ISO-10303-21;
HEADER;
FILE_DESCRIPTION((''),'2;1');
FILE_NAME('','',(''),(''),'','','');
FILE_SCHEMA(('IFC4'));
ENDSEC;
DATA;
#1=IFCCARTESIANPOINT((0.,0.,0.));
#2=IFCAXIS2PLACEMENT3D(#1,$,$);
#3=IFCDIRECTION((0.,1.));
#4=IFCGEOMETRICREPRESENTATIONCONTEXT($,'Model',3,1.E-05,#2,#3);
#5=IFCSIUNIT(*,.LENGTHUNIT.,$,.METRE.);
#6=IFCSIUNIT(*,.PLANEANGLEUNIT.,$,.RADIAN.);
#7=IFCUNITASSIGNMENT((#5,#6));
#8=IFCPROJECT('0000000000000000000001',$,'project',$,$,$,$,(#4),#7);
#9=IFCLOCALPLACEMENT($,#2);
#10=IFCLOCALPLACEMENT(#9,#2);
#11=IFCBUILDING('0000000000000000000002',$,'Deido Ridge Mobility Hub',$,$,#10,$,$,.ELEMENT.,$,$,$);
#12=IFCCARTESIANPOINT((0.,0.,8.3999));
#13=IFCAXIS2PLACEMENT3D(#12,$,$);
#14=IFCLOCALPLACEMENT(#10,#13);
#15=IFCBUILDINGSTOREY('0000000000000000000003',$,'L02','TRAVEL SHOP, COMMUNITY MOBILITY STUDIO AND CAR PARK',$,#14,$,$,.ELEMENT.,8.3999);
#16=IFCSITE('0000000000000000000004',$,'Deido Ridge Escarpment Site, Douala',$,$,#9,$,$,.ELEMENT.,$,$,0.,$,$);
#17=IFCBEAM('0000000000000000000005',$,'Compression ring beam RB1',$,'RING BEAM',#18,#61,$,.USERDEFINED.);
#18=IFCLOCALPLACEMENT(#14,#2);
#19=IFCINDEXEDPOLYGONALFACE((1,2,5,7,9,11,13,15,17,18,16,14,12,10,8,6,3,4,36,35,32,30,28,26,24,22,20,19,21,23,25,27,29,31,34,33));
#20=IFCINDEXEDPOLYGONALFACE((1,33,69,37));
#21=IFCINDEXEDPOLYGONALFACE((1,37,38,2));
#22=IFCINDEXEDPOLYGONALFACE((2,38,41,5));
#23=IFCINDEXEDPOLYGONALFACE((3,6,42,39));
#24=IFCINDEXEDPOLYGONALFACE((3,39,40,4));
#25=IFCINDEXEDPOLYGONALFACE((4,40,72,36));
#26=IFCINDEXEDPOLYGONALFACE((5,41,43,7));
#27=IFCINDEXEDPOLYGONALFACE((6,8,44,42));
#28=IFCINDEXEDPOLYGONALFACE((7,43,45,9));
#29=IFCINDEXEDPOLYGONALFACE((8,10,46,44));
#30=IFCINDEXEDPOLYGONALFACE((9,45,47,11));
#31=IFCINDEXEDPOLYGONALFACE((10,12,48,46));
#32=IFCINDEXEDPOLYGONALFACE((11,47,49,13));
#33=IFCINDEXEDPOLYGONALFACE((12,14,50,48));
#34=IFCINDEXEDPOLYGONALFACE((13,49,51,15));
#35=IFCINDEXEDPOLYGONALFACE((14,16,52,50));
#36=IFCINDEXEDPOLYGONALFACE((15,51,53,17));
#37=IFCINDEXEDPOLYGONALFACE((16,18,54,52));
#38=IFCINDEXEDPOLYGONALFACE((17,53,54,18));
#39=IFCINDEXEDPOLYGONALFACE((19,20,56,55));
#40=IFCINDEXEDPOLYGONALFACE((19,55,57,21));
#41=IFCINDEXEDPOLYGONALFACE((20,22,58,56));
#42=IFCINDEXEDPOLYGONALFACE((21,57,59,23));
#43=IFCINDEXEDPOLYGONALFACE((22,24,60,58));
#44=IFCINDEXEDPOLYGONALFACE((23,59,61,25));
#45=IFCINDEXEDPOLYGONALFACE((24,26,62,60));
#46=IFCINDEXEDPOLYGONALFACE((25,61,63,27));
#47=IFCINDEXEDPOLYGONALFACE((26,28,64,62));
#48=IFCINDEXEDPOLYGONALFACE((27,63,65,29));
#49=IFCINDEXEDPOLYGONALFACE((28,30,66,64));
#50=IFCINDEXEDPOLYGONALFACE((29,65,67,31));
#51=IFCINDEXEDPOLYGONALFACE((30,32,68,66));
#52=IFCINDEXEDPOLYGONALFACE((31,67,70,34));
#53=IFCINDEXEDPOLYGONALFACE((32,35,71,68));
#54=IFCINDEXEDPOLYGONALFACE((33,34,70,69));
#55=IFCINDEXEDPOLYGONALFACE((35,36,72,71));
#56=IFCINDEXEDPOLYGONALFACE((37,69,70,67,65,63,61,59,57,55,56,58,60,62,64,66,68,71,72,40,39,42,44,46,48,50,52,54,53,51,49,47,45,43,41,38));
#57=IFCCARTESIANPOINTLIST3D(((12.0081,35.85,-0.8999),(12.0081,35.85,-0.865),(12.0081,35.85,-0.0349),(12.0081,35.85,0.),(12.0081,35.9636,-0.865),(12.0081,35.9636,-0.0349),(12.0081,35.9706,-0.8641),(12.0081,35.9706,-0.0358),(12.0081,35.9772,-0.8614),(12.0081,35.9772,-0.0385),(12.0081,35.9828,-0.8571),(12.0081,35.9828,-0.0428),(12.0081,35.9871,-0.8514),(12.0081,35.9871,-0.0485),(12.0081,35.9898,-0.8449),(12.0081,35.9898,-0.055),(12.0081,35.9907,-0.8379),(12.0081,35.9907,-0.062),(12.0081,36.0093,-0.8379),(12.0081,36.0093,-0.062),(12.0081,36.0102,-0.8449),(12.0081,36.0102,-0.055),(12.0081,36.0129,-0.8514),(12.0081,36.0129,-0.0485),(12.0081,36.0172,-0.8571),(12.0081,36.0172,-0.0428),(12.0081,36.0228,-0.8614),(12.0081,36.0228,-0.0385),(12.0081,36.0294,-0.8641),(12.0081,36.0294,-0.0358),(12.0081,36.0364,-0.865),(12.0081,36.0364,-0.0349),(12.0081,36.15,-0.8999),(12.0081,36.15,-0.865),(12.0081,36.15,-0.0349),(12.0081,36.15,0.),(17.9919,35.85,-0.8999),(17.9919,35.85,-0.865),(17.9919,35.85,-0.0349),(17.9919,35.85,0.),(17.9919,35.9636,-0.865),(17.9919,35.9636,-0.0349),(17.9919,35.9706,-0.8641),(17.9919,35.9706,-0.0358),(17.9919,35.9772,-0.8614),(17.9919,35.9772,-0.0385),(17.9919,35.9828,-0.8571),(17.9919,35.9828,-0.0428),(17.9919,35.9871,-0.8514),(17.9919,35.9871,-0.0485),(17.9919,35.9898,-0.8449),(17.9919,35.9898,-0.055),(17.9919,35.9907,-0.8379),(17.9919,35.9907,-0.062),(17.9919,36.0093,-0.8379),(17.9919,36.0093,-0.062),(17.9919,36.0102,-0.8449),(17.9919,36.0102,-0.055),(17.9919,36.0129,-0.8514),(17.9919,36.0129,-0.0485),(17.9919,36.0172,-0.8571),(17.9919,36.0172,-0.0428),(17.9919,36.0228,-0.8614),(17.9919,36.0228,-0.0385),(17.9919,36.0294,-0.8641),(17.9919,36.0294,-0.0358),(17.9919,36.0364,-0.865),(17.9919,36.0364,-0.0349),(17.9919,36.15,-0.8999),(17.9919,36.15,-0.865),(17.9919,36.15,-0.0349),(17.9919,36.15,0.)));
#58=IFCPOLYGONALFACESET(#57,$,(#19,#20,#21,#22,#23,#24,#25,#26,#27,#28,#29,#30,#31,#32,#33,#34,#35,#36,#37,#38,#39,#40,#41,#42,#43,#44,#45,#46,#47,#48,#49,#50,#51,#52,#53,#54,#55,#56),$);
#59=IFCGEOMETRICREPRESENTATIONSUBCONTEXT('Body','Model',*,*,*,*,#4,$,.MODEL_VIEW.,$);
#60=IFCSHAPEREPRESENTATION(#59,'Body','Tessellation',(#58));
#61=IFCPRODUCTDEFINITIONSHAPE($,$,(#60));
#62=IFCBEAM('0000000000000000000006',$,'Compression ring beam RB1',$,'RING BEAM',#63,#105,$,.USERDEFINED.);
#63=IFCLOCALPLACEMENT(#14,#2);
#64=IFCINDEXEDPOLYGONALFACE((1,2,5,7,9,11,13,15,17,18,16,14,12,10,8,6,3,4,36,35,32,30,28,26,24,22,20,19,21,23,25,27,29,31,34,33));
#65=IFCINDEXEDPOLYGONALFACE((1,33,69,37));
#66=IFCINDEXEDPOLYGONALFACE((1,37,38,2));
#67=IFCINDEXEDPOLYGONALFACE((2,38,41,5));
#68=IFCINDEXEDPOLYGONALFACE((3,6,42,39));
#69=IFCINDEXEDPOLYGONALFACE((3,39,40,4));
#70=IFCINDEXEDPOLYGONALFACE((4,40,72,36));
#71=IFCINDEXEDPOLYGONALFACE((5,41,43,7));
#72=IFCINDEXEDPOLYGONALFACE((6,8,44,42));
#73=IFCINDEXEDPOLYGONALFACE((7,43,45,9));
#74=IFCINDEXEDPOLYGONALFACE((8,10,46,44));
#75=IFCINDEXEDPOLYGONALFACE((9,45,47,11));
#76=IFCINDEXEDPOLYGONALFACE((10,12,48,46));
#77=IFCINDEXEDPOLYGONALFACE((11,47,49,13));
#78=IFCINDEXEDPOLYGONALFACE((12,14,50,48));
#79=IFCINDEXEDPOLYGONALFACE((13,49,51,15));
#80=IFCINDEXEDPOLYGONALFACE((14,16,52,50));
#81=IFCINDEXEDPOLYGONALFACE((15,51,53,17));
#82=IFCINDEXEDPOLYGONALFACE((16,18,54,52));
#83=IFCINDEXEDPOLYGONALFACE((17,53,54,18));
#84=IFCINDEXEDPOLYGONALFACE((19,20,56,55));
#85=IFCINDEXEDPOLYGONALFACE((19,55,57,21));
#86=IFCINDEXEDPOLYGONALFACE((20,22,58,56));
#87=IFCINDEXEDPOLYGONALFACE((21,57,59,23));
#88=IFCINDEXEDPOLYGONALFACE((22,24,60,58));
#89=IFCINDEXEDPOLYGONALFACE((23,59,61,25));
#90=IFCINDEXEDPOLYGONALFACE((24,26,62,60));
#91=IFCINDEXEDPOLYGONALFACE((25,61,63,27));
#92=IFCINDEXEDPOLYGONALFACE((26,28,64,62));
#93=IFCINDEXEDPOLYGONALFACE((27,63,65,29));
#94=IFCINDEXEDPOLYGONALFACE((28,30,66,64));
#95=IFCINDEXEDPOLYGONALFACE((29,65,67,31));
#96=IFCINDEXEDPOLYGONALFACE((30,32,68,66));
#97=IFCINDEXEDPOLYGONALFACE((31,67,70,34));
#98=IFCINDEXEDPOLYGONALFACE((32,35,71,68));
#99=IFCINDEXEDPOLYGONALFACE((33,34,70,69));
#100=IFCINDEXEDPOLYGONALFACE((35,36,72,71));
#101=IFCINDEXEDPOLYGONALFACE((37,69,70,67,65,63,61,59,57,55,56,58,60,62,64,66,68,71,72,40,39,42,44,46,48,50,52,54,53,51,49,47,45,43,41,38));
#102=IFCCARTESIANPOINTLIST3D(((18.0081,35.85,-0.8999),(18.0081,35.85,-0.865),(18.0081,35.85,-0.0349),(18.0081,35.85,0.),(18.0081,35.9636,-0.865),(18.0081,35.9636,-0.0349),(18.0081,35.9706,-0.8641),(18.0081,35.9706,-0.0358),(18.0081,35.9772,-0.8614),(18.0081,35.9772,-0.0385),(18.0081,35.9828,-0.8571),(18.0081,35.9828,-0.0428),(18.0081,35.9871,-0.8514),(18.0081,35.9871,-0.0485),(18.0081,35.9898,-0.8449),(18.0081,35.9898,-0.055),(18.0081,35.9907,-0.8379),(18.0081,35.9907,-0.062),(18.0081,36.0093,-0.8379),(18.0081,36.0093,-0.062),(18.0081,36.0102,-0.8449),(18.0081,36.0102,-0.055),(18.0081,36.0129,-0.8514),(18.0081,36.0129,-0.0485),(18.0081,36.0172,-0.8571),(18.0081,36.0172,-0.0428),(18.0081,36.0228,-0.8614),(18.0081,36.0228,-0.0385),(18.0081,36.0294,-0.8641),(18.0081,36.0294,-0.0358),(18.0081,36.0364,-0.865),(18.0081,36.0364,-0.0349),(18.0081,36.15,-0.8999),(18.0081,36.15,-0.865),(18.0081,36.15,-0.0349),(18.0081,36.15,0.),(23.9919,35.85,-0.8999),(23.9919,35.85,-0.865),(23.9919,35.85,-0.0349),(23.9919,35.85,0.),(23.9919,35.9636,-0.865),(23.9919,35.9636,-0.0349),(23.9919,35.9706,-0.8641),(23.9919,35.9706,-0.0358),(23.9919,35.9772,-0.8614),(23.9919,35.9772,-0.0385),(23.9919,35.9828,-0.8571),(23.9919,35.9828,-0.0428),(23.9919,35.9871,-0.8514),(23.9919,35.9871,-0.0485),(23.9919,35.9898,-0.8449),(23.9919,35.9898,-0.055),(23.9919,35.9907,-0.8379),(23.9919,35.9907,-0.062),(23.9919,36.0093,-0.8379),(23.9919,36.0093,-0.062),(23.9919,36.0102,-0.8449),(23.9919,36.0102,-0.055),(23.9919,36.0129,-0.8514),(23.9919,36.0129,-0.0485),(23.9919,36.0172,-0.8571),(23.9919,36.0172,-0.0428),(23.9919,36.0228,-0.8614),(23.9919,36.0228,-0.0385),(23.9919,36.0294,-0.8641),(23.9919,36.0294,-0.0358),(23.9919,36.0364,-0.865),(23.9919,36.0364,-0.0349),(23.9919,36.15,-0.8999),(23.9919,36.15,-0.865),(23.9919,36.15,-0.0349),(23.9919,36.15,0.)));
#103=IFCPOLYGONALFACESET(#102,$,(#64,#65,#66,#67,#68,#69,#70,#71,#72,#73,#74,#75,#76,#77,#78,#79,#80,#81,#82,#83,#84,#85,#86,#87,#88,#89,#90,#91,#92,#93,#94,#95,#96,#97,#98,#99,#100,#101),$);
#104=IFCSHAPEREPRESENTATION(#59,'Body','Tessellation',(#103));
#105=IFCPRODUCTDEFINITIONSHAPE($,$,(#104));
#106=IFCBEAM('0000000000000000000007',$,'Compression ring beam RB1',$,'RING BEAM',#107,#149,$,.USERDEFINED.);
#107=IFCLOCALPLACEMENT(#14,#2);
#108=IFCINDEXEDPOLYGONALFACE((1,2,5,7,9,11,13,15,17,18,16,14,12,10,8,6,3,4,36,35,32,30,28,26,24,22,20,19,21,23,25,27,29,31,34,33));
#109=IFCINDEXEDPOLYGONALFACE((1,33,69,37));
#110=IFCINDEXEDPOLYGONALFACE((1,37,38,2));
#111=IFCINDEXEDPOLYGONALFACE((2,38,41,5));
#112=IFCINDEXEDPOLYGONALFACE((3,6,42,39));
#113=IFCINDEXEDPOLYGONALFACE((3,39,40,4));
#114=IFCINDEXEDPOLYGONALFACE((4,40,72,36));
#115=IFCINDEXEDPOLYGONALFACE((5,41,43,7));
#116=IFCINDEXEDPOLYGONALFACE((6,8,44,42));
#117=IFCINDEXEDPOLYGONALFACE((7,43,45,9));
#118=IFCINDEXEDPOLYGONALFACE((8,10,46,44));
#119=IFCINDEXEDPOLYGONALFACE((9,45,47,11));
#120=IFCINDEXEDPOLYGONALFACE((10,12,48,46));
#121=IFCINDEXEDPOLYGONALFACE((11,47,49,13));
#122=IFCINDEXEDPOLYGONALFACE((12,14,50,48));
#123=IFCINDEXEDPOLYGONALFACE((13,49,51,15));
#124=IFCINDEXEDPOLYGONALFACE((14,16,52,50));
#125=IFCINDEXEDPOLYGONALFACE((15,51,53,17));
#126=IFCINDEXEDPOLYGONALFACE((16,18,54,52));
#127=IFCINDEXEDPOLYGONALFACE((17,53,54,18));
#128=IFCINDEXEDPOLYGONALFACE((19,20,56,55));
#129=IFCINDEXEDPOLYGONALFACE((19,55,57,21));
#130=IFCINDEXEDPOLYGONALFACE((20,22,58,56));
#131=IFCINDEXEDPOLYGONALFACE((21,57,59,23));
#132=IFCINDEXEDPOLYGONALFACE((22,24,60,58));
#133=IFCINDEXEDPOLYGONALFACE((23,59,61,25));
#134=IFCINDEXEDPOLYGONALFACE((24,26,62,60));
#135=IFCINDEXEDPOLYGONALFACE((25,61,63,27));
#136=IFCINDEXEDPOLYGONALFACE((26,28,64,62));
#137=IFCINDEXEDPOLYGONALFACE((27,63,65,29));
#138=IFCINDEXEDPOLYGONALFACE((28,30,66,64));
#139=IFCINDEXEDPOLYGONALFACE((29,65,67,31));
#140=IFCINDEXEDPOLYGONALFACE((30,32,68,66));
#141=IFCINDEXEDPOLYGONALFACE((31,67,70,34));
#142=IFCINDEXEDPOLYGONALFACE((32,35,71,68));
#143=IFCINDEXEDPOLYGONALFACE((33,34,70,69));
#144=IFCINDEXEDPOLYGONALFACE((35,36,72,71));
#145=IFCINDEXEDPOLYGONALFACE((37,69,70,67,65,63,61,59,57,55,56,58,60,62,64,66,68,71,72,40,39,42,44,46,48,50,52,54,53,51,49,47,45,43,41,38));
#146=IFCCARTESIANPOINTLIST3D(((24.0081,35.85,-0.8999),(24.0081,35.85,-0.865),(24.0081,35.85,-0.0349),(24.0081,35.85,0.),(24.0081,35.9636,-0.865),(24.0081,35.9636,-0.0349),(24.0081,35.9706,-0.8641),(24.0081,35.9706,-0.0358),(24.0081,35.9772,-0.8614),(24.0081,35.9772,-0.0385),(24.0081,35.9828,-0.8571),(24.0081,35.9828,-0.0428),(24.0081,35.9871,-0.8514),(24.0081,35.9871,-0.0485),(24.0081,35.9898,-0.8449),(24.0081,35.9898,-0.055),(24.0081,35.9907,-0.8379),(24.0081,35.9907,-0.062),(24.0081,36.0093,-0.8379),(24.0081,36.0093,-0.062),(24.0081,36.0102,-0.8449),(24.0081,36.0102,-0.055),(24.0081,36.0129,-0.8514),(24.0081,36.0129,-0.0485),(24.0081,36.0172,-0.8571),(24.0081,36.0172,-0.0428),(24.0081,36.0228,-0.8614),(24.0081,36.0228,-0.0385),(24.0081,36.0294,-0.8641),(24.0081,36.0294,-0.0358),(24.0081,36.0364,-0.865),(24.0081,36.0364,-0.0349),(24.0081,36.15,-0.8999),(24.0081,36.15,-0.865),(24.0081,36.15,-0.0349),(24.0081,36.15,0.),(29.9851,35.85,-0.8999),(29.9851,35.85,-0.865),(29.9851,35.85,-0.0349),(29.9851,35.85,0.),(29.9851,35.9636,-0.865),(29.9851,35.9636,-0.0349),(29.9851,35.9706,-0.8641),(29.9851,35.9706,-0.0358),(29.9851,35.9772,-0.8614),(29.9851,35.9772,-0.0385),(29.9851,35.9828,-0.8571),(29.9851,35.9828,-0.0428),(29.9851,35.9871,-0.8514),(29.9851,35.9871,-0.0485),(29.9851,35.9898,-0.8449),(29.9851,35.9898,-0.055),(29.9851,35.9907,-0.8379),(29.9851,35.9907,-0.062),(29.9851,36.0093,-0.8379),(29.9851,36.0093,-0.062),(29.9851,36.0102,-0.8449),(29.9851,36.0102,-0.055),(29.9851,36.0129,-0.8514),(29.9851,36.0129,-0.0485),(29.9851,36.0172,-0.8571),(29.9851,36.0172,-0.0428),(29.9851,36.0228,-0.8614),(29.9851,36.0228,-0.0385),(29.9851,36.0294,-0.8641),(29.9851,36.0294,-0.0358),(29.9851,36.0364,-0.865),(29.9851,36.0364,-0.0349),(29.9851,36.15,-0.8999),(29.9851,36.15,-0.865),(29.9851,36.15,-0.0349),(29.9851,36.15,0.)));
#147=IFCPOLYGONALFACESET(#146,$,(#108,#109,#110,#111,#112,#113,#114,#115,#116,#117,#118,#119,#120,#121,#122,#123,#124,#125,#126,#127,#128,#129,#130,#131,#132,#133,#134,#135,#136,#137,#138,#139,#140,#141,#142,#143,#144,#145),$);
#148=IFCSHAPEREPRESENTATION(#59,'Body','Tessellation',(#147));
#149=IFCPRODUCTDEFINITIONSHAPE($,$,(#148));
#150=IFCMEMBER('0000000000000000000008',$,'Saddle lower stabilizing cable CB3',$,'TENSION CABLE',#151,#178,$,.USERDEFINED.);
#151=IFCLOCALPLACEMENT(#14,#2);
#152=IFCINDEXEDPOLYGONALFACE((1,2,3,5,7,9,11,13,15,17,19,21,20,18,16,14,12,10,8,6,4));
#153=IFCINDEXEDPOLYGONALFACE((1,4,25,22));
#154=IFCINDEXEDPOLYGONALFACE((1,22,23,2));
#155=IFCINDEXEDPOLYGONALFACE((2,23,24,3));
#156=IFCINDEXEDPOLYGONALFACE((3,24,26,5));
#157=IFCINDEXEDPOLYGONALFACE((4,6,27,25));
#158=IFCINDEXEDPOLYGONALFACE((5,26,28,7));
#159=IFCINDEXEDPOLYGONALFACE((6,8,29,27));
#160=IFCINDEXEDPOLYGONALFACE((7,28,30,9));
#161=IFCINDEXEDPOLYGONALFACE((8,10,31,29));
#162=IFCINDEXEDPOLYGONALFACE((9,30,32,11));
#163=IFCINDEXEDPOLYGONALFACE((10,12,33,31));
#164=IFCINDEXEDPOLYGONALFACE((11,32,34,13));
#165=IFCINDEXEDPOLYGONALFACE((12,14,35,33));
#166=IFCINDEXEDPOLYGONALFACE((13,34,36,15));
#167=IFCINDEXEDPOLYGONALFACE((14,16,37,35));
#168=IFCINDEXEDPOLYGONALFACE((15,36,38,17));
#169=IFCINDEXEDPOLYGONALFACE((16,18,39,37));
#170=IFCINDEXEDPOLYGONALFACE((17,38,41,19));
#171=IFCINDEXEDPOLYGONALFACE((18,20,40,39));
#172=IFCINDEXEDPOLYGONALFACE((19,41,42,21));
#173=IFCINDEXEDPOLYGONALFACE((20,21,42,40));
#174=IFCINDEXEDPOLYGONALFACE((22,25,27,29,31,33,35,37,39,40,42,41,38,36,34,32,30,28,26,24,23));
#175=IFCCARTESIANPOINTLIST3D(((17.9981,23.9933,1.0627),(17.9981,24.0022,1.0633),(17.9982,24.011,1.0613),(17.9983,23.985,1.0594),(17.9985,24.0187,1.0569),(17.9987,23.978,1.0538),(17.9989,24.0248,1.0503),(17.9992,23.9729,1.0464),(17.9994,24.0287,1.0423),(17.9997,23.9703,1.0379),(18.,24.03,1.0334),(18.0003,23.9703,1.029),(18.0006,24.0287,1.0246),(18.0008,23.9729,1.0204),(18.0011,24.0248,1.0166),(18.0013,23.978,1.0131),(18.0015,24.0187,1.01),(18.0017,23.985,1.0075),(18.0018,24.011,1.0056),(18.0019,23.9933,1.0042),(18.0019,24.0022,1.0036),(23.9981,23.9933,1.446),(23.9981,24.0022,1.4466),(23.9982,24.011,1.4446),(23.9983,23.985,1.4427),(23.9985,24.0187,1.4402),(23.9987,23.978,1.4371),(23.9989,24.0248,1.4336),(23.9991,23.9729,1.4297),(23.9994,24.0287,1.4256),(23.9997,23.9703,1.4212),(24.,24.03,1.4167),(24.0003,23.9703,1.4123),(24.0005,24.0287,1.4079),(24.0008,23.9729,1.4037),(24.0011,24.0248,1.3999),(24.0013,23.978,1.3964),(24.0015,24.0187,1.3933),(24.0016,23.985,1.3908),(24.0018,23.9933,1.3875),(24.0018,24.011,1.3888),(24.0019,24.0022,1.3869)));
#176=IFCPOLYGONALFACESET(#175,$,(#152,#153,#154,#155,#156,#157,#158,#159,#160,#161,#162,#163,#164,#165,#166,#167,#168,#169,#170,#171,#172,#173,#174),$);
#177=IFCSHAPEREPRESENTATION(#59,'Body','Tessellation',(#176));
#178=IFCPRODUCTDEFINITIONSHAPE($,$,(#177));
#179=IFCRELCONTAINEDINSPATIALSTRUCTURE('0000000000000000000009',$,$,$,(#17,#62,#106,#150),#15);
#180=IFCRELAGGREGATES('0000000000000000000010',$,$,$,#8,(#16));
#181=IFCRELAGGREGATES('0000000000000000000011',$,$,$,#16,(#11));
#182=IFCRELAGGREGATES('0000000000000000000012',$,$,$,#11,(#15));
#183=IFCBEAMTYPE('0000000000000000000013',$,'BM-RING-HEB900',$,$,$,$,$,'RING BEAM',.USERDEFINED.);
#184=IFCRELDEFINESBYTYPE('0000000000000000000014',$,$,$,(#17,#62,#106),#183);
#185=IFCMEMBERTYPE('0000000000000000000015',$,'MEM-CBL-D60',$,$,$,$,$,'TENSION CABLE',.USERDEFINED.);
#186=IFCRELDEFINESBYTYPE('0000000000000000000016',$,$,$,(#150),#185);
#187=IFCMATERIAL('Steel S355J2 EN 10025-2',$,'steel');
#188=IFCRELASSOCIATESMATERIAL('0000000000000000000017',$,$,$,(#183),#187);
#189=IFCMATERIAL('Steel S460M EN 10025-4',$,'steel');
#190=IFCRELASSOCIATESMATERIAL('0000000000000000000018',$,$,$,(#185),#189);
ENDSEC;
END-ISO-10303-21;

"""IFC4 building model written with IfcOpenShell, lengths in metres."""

from ifc_helpers import new_model, si_unit, direction, frame, origin, origin_2d, place, context, subcontext, project, spatial, circle, i_section, extrude, material, material_profile, profile_set, type_object, element, save


model = new_model("IFC4")

# Units and contexts
model_context = context("Model", 3, precision=1e-05, world=origin(), true_north=direction((0.0, 1.0)))
body_context = subcontext(model_context, "Body", "Model", "MODEL_VIEW")
ifc_project = project(units=[si_unit("LENGTHUNIT", "METRE"), si_unit("PLANEANGLEUNIT", "RADIAN")], contexts=[model_context])

# Site, building, storey
site_placement = place(None, origin())
site = spatial("IfcSite", under=ifc_project, at=site_placement, Name="Deido Ridge Escarpment Site, Douala", CompositionType="ELEMENT", RefElevation=0.0)
building_placement = place(site_placement, origin())
building = spatial("IfcBuilding", under=site, at=building_placement, Name="Deido Ridge Mobility Hub", CompositionType="ELEMENT")
storey_placement = place(building_placement, frame((0.0, 0.0, 8.3999)))
storey = spatial("IfcBuildingStorey", under=building, at=storey_placement, Name="L02", Description="TRAVEL SHOP, COMMUNITY MOBILITY STUDIO AND CAR PARK", CompositionType="ELEMENT", Elevation=8.3999)

# Beams
ifc_material_1 = material(Name="Steel S355J2 EN 10025-2", Category="steel")
ifc_material_profile_1 = material_profile(ifc_material_1, i_section(OverallWidth=0.3, OverallDepth=0.8999, WebThickness=0.0186, FlangeThickness=0.0349, FilletRadius=0.0271, at=origin_2d()), Name="HEB 900")
ifc_profile_set_1 = profile_set([ifc_material_profile_1], Name="Steel S355J2 EN 10025-2")
beam_type_1 = type_object("IfcBeamType", Name="BM-RING-HEB900", ElementType="RING BEAM", PredefinedType="USERDEFINED", material=ifc_profile_set_1)
for number, where, z_axis, x_axis, name in (
    (1, (12.0081, 36.0, -0.45), (1.0, 0.0, 0.0), (0.0, 1.0, 0.0), "Compression ring beam RB1"),
    (2, (18.0081, 36.0, -0.45), (1.0, 0.0, 0.0), (0.0, 1.0, 0.0), "Compression ring beam RB1"),
):
    element("IfcBeam", number, at=place(storey_placement, frame(where, z_axis=z_axis, x_axis=x_axis)), inside=storey, type_object=beam_type_1, Name=name, ObjectType="RING BEAM", PredefinedType="USERDEFINED", context=body_context, shape_type="SweptSolid", body=[
        extrude(i_section(OverallWidth=0.3, OverallDepth=0.8999, WebThickness=0.0186, FlangeThickness=0.0349, FilletRadius=0.0271, at=origin_2d()), origin(), (0.0, 0.0, 1.0), 5.9839),
    ])
beam_1_placement = place(storey_placement, frame((24.0081, 36.0, -0.45), z_axis=(1.0, 0.0, 0.0), x_axis=(0.0, 1.0, 0.0)))
element("IfcBeam", 3, at=beam_1_placement, inside=storey, type_object=beam_type_1, Name="Compression ring beam RB1", ObjectType="RING BEAM", PredefinedType="USERDEFINED", context=body_context, shape_type="SweptSolid", body=[
    extrude(i_section(OverallWidth=0.3, OverallDepth=0.8999, WebThickness=0.0186, FlangeThickness=0.0349, FilletRadius=0.0271, at=origin_2d()), origin(), (0.0, 0.0, 1.0), 5.9771),
])

# Member
ifc_material_2 = material(Name="Steel S460M EN 10025-4", Category="steel")
ifc_material_profile_2 = material_profile(ifc_material_2, circle(Radius=0.03, at=origin_2d()), Name="CABLE D60")
ifc_profile_set_2 = profile_set([ifc_material_profile_2], Name="Steel S460M EN 10025-4")
member_type_1 = type_object("IfcMemberType", Name="MEM-CBL-D60", ElementType="TENSION CABLE", PredefinedType="USERDEFINED", material=ifc_profile_set_2)
for number, where, z_axis, x_axis, name in (
    (4, (18.0, 24.0, 1.0334), (0.997966, 0.0, 0.063754), (0.0, 1.0, 0.0), "Saddle lower stabilizing cable CB3"),
):
    element("IfcMember", number, at=place(storey_placement, frame(where, z_axis=z_axis, x_axis=x_axis)), inside=storey, type_object=member_type_1, Name=name, ObjectType="TENSION CABLE", PredefinedType="USERDEFINED", context=body_context, shape_type="SweptSolid", body=[
        extrude(circle(Radius=0.03, at=origin_2d()), origin(), (0.0, 0.0, 1.0), 6.0122),
    ])

save(model, "model.ifc")
